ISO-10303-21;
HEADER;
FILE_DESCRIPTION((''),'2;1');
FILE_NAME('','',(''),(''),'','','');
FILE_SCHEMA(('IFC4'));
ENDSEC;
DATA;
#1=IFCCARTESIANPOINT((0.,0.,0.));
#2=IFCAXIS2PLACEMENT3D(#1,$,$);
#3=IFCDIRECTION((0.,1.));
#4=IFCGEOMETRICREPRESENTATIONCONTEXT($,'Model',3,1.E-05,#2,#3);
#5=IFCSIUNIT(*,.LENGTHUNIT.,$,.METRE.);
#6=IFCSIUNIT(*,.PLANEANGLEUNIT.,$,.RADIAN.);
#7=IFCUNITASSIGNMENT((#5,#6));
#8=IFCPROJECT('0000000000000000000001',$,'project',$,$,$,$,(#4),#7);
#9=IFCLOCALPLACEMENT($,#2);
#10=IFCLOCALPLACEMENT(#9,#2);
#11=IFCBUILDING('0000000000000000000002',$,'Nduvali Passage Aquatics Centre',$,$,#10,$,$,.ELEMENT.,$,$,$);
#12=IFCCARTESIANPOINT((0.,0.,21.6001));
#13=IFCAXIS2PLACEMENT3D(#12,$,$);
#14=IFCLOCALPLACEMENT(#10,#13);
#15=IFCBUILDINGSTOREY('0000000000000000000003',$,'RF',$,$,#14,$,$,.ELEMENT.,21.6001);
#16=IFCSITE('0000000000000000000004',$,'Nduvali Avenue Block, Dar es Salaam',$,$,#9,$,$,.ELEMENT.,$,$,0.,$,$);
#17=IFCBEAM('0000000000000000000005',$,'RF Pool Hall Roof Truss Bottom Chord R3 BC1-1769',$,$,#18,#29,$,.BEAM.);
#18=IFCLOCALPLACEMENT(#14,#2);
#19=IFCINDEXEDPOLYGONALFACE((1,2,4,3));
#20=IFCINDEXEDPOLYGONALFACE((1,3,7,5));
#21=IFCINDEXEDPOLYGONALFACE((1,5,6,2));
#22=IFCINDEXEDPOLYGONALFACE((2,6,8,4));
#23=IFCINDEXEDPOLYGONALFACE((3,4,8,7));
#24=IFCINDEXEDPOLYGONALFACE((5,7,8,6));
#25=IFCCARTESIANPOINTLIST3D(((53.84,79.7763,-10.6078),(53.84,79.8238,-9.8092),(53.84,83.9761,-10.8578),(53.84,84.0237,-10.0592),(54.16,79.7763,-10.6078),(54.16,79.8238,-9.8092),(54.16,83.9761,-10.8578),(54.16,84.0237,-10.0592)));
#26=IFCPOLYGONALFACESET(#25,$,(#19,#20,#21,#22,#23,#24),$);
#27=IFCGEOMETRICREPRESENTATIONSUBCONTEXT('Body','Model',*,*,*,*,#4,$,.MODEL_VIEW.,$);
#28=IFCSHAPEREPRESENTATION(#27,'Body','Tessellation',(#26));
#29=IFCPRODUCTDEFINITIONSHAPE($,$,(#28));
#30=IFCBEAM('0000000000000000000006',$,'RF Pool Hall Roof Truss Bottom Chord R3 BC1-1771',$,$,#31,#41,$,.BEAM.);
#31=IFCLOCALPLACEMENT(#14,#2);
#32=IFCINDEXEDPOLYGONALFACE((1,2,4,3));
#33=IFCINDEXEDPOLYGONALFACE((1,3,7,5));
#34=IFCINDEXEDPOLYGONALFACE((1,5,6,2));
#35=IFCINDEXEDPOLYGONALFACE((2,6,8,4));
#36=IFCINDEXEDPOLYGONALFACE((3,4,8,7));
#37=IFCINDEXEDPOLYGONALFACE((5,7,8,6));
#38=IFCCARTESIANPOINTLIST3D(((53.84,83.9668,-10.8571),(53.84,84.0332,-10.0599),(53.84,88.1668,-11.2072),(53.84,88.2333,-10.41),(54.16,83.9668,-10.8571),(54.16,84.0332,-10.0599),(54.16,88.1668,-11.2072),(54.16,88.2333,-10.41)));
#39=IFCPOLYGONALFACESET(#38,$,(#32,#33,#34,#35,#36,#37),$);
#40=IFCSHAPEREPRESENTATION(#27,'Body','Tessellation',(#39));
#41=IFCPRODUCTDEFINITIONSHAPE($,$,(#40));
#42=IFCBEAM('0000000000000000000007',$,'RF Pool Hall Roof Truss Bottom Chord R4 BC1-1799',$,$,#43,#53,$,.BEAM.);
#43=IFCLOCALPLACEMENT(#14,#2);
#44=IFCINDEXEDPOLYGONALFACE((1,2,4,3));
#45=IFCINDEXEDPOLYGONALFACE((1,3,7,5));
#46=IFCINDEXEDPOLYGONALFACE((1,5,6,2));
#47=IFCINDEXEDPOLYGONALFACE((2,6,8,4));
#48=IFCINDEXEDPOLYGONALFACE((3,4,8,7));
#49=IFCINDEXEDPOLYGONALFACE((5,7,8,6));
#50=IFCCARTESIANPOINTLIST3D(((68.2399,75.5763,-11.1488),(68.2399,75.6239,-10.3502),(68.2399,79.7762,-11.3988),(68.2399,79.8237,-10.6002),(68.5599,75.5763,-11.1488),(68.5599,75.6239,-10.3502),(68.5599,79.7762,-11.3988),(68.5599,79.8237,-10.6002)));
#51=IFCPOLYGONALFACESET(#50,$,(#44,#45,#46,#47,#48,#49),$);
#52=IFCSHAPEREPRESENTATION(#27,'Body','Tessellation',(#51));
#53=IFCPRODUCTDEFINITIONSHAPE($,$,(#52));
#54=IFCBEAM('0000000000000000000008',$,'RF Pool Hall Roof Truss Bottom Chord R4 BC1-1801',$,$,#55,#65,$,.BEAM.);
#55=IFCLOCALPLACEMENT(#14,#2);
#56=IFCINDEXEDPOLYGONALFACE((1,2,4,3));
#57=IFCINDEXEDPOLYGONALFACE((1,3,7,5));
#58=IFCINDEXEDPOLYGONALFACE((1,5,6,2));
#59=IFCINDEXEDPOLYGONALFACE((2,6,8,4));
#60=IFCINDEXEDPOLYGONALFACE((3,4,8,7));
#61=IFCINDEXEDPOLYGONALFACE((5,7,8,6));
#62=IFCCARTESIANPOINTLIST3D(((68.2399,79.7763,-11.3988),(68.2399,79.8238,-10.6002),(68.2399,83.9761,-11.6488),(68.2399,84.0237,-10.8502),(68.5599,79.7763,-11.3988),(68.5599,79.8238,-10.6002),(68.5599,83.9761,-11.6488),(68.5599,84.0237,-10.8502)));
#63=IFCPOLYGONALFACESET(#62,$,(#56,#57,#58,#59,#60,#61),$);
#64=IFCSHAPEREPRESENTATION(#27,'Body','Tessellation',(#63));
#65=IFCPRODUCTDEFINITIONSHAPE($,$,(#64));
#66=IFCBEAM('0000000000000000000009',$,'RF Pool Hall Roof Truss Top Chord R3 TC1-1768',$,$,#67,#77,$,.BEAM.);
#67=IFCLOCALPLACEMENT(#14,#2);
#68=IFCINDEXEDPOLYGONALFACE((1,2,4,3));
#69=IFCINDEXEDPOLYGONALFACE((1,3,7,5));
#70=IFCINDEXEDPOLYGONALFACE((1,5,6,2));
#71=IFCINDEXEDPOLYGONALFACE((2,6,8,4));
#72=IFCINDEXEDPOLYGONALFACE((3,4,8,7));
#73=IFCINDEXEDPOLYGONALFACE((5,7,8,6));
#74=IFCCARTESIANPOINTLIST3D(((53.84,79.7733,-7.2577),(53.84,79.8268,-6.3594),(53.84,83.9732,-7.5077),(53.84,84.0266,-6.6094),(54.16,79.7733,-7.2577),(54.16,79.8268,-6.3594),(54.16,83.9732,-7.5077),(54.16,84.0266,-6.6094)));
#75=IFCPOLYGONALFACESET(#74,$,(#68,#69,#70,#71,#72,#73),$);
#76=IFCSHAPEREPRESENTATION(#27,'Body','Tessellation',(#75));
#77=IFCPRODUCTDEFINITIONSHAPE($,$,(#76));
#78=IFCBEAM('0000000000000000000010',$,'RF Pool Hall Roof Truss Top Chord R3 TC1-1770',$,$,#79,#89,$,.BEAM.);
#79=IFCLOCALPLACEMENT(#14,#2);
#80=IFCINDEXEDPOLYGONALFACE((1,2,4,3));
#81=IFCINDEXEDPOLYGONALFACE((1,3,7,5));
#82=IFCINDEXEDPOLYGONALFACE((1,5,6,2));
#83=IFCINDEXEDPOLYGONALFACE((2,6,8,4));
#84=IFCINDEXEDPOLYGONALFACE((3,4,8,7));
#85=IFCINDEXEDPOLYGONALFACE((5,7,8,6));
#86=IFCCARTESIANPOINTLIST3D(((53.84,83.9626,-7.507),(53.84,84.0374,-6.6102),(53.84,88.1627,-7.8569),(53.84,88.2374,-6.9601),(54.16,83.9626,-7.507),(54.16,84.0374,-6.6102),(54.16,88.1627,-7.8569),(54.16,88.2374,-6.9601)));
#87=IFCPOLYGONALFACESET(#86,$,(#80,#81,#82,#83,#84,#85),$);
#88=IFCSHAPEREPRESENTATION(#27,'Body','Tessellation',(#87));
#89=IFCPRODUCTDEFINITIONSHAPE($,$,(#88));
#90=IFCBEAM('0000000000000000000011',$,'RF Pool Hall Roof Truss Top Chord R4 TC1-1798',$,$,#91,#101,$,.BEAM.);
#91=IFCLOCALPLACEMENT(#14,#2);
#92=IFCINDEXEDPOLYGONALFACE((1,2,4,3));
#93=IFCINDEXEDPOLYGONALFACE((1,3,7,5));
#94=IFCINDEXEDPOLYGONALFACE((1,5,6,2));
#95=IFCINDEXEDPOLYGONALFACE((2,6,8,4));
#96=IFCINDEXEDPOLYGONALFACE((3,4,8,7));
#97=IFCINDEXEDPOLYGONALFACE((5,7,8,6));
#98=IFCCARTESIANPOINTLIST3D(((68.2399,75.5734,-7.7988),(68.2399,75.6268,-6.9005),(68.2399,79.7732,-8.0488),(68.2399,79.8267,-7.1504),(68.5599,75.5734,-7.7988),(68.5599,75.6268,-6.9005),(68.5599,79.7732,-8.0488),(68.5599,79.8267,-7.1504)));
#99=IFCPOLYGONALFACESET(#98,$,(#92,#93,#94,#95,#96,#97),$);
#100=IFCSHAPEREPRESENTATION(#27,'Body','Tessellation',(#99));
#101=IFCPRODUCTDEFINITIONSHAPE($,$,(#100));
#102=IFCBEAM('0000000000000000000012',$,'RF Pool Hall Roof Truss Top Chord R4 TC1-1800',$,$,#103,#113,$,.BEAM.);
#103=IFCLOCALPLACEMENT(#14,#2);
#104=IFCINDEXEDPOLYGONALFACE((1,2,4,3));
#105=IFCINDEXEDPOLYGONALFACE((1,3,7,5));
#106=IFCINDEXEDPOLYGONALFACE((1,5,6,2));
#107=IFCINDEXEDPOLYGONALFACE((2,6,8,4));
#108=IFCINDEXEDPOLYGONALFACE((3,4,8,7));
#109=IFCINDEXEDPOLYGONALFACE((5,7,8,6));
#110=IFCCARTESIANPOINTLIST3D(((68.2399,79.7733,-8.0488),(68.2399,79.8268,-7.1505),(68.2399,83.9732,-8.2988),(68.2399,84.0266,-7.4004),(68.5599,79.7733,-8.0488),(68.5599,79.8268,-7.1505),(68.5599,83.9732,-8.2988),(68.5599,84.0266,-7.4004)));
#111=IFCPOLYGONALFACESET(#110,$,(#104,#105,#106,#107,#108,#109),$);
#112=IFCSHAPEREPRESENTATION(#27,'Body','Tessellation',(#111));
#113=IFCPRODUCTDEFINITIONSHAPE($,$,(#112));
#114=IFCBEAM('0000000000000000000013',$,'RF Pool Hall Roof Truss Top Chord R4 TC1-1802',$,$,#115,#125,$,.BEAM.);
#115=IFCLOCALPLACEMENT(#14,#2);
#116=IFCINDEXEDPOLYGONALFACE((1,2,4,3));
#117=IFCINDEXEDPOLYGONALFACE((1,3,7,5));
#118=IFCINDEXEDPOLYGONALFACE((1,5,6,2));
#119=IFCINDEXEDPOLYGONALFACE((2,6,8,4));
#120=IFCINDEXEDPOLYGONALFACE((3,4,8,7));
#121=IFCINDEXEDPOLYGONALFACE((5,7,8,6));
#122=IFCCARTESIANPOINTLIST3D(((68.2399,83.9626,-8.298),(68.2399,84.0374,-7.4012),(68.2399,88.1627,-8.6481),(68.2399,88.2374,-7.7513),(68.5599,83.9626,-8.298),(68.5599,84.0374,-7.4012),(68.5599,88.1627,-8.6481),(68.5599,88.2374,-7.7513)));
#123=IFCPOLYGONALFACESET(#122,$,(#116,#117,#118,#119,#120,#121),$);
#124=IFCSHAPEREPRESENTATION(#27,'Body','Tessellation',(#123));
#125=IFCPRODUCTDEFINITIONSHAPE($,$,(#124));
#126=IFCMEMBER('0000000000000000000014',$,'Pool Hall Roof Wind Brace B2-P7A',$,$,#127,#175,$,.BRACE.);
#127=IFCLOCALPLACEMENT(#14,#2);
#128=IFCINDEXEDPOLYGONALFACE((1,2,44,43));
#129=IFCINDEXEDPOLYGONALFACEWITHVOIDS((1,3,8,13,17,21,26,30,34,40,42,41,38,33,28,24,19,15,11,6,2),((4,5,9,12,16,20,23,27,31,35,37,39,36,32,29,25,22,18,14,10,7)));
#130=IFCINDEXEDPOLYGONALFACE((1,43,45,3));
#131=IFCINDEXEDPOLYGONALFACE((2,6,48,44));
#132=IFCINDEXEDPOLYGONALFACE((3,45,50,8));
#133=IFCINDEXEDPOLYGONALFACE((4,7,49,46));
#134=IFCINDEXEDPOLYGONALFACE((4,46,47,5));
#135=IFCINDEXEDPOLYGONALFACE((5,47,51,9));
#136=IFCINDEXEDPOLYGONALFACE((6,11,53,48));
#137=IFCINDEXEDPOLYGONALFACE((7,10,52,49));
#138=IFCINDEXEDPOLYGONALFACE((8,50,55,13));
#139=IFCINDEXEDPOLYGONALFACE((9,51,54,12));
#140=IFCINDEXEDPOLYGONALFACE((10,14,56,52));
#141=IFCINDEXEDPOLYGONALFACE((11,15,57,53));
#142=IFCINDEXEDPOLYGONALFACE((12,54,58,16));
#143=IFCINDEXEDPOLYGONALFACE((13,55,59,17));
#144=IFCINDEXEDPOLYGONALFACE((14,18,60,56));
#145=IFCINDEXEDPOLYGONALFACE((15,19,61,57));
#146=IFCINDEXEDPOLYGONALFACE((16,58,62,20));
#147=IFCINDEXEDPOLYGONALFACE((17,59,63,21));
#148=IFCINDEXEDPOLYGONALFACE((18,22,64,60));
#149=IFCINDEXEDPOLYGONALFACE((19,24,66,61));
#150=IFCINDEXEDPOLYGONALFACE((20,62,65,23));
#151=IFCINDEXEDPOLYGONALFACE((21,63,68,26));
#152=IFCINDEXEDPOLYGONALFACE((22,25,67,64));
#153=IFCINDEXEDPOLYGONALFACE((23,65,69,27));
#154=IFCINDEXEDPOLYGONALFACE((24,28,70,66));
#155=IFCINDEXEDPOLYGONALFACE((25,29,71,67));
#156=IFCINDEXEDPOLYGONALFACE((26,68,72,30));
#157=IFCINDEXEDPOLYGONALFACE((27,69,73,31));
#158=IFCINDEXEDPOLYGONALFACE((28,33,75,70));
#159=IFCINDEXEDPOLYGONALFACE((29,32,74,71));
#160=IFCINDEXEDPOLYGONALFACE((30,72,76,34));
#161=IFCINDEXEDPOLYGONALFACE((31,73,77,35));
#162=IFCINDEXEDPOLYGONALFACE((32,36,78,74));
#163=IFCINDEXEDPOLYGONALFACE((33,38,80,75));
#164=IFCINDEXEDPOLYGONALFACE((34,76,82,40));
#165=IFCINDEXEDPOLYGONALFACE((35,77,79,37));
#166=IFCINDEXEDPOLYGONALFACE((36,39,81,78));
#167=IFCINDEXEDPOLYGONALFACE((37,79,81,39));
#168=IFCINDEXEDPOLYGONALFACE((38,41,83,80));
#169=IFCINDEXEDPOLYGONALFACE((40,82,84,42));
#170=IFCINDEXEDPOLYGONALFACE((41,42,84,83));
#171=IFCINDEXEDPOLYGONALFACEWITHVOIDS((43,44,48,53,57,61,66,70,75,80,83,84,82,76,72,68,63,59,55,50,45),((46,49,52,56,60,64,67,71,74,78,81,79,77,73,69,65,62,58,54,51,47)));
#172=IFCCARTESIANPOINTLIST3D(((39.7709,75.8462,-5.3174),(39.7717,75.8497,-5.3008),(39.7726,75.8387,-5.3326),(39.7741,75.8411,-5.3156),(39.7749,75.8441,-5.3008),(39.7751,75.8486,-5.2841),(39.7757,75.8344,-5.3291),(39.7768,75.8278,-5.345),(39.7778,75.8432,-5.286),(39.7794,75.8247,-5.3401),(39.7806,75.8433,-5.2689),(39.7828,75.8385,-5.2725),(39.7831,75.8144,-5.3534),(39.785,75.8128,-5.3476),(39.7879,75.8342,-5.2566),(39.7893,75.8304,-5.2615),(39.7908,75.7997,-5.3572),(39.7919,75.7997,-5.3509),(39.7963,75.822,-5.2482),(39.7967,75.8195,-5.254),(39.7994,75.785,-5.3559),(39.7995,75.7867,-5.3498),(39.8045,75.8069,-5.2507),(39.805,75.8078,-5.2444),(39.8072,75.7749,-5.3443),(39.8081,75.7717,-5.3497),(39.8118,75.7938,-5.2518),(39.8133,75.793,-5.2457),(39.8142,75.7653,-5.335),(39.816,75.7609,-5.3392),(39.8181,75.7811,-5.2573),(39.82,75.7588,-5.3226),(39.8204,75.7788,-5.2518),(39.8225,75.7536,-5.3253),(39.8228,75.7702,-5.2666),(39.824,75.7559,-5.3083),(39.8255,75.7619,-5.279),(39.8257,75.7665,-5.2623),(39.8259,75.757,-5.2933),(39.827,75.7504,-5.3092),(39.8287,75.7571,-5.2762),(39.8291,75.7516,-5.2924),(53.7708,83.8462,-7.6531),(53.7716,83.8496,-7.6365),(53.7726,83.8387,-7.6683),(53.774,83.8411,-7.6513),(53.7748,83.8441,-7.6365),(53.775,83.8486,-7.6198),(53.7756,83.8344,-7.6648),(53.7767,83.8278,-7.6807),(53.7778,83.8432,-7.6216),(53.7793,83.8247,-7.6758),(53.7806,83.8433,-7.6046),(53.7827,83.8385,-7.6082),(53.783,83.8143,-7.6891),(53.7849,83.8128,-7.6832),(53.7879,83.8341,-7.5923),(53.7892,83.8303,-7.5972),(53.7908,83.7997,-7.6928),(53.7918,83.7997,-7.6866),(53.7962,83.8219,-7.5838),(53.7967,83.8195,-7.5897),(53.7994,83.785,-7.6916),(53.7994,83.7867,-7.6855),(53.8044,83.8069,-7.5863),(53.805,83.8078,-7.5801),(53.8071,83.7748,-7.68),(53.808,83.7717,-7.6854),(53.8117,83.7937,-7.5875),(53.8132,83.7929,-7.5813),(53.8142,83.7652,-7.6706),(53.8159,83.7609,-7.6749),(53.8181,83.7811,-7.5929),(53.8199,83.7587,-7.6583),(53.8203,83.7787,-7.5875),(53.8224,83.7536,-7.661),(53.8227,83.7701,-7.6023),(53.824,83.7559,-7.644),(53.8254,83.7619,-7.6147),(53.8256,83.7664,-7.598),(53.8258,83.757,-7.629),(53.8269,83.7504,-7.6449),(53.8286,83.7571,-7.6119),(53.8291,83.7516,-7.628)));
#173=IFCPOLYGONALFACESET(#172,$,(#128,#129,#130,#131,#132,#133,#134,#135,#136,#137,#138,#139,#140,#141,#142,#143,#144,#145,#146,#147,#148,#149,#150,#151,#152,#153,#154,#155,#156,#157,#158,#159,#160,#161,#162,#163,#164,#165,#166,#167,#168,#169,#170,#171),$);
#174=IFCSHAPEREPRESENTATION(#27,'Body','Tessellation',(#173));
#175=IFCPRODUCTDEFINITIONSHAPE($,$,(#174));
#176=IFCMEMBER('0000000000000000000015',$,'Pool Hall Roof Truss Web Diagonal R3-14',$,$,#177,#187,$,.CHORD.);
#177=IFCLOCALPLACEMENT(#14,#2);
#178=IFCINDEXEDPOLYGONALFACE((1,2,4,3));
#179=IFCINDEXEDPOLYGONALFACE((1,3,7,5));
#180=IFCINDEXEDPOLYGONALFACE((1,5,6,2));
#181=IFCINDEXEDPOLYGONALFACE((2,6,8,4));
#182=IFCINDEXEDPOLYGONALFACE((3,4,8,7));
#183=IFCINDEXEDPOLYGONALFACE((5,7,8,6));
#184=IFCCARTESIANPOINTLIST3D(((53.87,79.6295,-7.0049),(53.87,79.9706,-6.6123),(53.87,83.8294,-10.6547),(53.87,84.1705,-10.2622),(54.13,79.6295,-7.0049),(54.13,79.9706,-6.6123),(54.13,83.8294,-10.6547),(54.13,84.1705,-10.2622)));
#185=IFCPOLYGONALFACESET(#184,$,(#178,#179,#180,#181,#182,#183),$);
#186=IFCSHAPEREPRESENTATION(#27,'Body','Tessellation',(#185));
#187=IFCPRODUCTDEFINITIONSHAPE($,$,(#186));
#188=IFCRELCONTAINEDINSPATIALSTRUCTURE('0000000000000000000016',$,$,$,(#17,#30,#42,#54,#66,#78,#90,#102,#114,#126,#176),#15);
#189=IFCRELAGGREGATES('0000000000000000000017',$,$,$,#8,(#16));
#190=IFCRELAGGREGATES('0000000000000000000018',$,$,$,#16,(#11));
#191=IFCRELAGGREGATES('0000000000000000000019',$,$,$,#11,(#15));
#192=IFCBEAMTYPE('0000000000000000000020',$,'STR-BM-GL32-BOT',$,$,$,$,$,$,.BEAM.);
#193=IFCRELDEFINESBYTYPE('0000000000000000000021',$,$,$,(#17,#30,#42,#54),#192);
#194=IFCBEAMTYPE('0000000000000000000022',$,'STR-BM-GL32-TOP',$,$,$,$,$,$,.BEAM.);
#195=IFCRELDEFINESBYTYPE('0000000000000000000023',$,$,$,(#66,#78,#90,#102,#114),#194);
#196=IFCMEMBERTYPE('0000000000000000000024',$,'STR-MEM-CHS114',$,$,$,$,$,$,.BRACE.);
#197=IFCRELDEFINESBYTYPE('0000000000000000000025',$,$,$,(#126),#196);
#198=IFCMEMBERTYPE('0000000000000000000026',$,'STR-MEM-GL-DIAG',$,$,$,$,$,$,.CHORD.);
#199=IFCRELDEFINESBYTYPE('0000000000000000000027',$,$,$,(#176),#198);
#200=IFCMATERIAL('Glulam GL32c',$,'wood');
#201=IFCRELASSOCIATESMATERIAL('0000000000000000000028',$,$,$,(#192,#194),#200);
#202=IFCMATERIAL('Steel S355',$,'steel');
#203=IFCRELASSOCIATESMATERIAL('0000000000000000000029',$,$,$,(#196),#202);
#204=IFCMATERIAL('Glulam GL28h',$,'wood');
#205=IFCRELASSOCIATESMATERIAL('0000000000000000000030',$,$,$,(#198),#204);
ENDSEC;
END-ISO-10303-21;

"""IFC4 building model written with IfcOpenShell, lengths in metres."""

from ifc_helpers import new_model, si_unit, direction, frame, origin, origin_2d, place, context, subcontext, project, spatial, rectangle, hollow_circle, extrude, material, material_profile, profile_set, type_object, element, save


model = new_model("IFC4")

# Units and contexts
model_context = context("Model", 3, precision=1e-05, world=origin(), true_north=direction((0.0, 1.0)))
body_context = subcontext(model_context, "Body", "Model", "MODEL_VIEW")
ifc_project = project(units=[si_unit("LENGTHUNIT", "METRE"), si_unit("PLANEANGLEUNIT", "RADIAN")], contexts=[model_context])

# Site, building, storey
site_placement = place(None, origin())
site = spatial("IfcSite", under=ifc_project, at=site_placement, Name="Nduvali Avenue Block, Dar es Salaam", CompositionType="ELEMENT", RefElevation=0.0)
building_placement = place(site_placement, origin())
building = spatial("IfcBuilding", under=site, at=building_placement, Name="Nduvali Passage Aquatics Centre", CompositionType="ELEMENT")
storey_placement = place(building_placement, frame((0.0, 0.0, 21.6001)))
storey = spatial("IfcBuildingStorey", under=building, at=storey_placement, Name="RF", CompositionType="ELEMENT", Elevation=21.6001)

# Beams
ifc_material_1 = material(Name="Glulam GL32c", Category="wood")
ifc_material_profile_1 = material_profile(ifc_material_1, rectangle(XDim=0.3201, YDim=0.8, at=origin_2d()), Name="GL32c 320x800")
ifc_profile_set_1 = profile_set([ifc_material_profile_1], Name="Glulam GL32c")
beam_type_1 = type_object("IfcBeamType", Name="STR-BM-GL32-BOT", PredefinedType="BEAM", material=ifc_profile_set_1)
beam_1_placement = place(storey_placement, frame((54.0, 79.8, -10.2085), z_axis=(0.0, 0.998233, -0.059419), x_axis=(-1.0, 0.0, 0.0)))
element("IfcBeam", 1, at=beam_1_placement, inside=storey, type_object=beam_type_1, Name="RF Pool Hall Roof Truss Bottom Chord R3 BC1-1769", PredefinedType="BEAM", context=body_context, shape_type="SweptSolid", body=[
    extrude(rectangle(XDim=0.3201, YDim=0.8, at=origin_2d()), origin(), (0.0, 0.0, 1.0), 4.2073),
])
beam_2_placement = place(storey_placement, frame((54.0, 84.0, -10.4585), z_axis=(0.0, 0.996544, -0.083069), x_axis=(-1.0, 0.0, 0.0)))
element("IfcBeam", 2, at=beam_2_placement, inside=storey, type_object=beam_type_1, Name="RF Pool Hall Roof Truss Bottom Chord R3 BC1-1771", PredefinedType="BEAM", context=body_context, shape_type="SweptSolid", body=[
    extrude(rectangle(XDim=0.3201, YDim=0.8, at=origin_2d()), origin(), (0.0, 0.0, 1.0), 4.2146),
])
for number, where, z_axis, x_axis, name in (
    (3, (68.3999, 75.6001, -10.7495), (0.0, 0.998233, -0.059419), (-1.0, 0.0, 0.0), "RF Pool Hall Roof Truss Bottom Chord R4 BC1-1799"),
    (4, (68.3999, 79.8, -10.9995), (0.0, 0.998233, -0.059419), (-1.0, 0.0, 0.0), "RF Pool Hall Roof Truss Bottom Chord R4 BC1-1801"),
):
    element("IfcBeam", number, at=place(storey_placement, frame(where, z_axis=z_axis, x_axis=x_axis)), inside=storey, type_object=beam_type_1, Name=name, PredefinedType="BEAM", context=body_context, shape_type="SweptSolid", body=[
        extrude(rectangle(XDim=0.3201, YDim=0.8, at=origin_2d()), origin(), (0.0, 0.0, 1.0), 4.2073),
    ])
ifc_material_profile_2 = material_profile(ifc_material_1, rectangle(XDim=0.3201, YDim=0.8999, at=origin_2d()), Name="GL32c 320x900")
ifc_profile_set_2 = profile_set([ifc_material_profile_2], Name="Glulam GL32c")
beam_type_2 = type_object("IfcBeamType", Name="STR-BM-GL32-TOP", PredefinedType="BEAM", material=ifc_profile_set_2)
beam_3_placement = place(storey_placement, frame((54.0, 79.8, -6.8086), z_axis=(0.0, 0.998233, -0.059419), x_axis=(-1.0, 0.0, 0.0)))
element("IfcBeam", 5, at=beam_3_placement, inside=storey, type_object=beam_type_2, Name="RF Pool Hall Roof Truss Top Chord R3 TC1-1768", PredefinedType="BEAM", context=body_context, shape_type="SweptSolid", body=[
    extrude(rectangle(XDim=0.3201, YDim=0.8999, at=origin_2d()), origin(), (0.0, 0.0, 1.0), 4.2073),
])
beam_4_placement = place(storey_placement, frame((54.0, 84.0, -7.0586), z_axis=(0.0, 0.996549, -0.083012), x_axis=(-1.0, 0.0, 0.0)))
element("IfcBeam", 6, at=beam_4_placement, inside=storey, type_object=beam_type_2, Name="RF Pool Hall Roof Truss Top Chord R3 TC1-1770", PredefinedType="BEAM", context=body_context, shape_type="SweptSolid", body=[
    extrude(rectangle(XDim=0.3201, YDim=0.8999, at=origin_2d()), origin(), (0.0, 0.0, 1.0), 4.2146),
])
for number, where, z_axis, x_axis, name in (
    (7, (68.3999, 75.6001, -7.3496), (0.0, 0.998233, -0.059419), (-1.0, 0.0, 0.0), "RF Pool Hall Roof Truss Top Chord R4 TC1-1798"),
    (8, (68.3999, 79.8, -7.5996), (0.0, 0.998233, -0.059419), (-1.0, 0.0, 0.0), "RF Pool Hall Roof Truss Top Chord R4 TC1-1800"),
):
    element("IfcBeam", number, at=place(storey_placement, frame(where, z_axis=z_axis, x_axis=x_axis)), inside=storey, type_object=beam_type_2, Name=name, PredefinedType="BEAM", context=body_context, shape_type="SweptSolid", body=[
        extrude(rectangle(XDim=0.3201, YDim=0.8999, at=origin_2d()), origin(), (0.0, 0.0, 1.0), 4.2073),
    ])
beam_5_placement = place(storey_placement, frame((68.3999, 84.0, -7.8496), z_axis=(0.0, 0.996544, -0.083069), x_axis=(-1.0, 0.0, 0.0)))
element("IfcBeam", 9, at=beam_5_placement, inside=storey, type_object=beam_type_2, Name="RF Pool Hall Roof Truss Top Chord R4 TC1-1802", PredefinedType="BEAM", context=body_context, shape_type="SweptSolid", body=[
    extrude(rectangle(XDim=0.3201, YDim=0.8999, at=origin_2d()), origin(), (0.0, 0.0, 1.0), 4.2146),
])

# Members
ifc_material_2 = material(Name="Steel S355", Category="steel")
ifc_material_profile_3 = material_profile(ifc_material_2, hollow_circle(Radius=0.0571, WallThickness=0.0063, at=origin_2d()), Name="CHS 114.3x6.3")
ifc_profile_set_3 = profile_set([ifc_material_profile_3], Name="Steel S355")
member_type_1 = type_object("IfcMemberType", Name="STR-MEM-CHS114", PredefinedType="BRACE", material=ifc_profile_set_3)
member_1_placement = place(storey_placement, frame((39.8, 75.8, -5.3008), z_axis=(0.859275, 0.491014, -0.143357), x_axis=(-0.496139, 0.868243, 0.0)))
element("IfcMember", 10, at=member_1_placement, inside=storey, type_object=member_type_1, Name="Pool Hall Roof Wind Brace B2-P7A", PredefinedType="BRACE", context=body_context, shape_type="SweptSolid", body=[
    extrude(hollow_circle(Radius=0.0571, WallThickness=0.0063, at=origin_2d()), origin(), (0.0, 0.0, 1.0), 16.2927),
])
ifc_material_3 = material(Name="Glulam GL28h", Category="wood")
ifc_material_profile_4 = material_profile(ifc_material_3, rectangle(XDim=0.26, YDim=0.52, at=origin_2d()), Name="GL28h 260x520")
ifc_profile_set_4 = profile_set([ifc_material_profile_4], Name="Glulam GL28h")
member_type_2 = type_object("IfcMemberType", Name="STR-MEM-GL-DIAG", PredefinedType="CHORD", material=ifc_profile_set_4)
member_2_placement = place(storey_placement, frame((54.0, 79.8, -6.8086), z_axis=(0.0, 0.754804, -0.655951), x_axis=(-1.0, 0.0, 0.0)))
element("IfcMember", 11, at=member_2_placement, inside=storey, type_object=member_type_2, Name="Pool Hall Roof Truss Web Diagonal R3-14", PredefinedType="CHORD", context=body_context, shape_type="SweptSolid", body=[
    extrude(rectangle(XDim=0.26, YDim=0.52, at=origin_2d()), origin(), (0.0, 0.0, 1.0), 5.5642),
])

save(model, "model.ifc")
